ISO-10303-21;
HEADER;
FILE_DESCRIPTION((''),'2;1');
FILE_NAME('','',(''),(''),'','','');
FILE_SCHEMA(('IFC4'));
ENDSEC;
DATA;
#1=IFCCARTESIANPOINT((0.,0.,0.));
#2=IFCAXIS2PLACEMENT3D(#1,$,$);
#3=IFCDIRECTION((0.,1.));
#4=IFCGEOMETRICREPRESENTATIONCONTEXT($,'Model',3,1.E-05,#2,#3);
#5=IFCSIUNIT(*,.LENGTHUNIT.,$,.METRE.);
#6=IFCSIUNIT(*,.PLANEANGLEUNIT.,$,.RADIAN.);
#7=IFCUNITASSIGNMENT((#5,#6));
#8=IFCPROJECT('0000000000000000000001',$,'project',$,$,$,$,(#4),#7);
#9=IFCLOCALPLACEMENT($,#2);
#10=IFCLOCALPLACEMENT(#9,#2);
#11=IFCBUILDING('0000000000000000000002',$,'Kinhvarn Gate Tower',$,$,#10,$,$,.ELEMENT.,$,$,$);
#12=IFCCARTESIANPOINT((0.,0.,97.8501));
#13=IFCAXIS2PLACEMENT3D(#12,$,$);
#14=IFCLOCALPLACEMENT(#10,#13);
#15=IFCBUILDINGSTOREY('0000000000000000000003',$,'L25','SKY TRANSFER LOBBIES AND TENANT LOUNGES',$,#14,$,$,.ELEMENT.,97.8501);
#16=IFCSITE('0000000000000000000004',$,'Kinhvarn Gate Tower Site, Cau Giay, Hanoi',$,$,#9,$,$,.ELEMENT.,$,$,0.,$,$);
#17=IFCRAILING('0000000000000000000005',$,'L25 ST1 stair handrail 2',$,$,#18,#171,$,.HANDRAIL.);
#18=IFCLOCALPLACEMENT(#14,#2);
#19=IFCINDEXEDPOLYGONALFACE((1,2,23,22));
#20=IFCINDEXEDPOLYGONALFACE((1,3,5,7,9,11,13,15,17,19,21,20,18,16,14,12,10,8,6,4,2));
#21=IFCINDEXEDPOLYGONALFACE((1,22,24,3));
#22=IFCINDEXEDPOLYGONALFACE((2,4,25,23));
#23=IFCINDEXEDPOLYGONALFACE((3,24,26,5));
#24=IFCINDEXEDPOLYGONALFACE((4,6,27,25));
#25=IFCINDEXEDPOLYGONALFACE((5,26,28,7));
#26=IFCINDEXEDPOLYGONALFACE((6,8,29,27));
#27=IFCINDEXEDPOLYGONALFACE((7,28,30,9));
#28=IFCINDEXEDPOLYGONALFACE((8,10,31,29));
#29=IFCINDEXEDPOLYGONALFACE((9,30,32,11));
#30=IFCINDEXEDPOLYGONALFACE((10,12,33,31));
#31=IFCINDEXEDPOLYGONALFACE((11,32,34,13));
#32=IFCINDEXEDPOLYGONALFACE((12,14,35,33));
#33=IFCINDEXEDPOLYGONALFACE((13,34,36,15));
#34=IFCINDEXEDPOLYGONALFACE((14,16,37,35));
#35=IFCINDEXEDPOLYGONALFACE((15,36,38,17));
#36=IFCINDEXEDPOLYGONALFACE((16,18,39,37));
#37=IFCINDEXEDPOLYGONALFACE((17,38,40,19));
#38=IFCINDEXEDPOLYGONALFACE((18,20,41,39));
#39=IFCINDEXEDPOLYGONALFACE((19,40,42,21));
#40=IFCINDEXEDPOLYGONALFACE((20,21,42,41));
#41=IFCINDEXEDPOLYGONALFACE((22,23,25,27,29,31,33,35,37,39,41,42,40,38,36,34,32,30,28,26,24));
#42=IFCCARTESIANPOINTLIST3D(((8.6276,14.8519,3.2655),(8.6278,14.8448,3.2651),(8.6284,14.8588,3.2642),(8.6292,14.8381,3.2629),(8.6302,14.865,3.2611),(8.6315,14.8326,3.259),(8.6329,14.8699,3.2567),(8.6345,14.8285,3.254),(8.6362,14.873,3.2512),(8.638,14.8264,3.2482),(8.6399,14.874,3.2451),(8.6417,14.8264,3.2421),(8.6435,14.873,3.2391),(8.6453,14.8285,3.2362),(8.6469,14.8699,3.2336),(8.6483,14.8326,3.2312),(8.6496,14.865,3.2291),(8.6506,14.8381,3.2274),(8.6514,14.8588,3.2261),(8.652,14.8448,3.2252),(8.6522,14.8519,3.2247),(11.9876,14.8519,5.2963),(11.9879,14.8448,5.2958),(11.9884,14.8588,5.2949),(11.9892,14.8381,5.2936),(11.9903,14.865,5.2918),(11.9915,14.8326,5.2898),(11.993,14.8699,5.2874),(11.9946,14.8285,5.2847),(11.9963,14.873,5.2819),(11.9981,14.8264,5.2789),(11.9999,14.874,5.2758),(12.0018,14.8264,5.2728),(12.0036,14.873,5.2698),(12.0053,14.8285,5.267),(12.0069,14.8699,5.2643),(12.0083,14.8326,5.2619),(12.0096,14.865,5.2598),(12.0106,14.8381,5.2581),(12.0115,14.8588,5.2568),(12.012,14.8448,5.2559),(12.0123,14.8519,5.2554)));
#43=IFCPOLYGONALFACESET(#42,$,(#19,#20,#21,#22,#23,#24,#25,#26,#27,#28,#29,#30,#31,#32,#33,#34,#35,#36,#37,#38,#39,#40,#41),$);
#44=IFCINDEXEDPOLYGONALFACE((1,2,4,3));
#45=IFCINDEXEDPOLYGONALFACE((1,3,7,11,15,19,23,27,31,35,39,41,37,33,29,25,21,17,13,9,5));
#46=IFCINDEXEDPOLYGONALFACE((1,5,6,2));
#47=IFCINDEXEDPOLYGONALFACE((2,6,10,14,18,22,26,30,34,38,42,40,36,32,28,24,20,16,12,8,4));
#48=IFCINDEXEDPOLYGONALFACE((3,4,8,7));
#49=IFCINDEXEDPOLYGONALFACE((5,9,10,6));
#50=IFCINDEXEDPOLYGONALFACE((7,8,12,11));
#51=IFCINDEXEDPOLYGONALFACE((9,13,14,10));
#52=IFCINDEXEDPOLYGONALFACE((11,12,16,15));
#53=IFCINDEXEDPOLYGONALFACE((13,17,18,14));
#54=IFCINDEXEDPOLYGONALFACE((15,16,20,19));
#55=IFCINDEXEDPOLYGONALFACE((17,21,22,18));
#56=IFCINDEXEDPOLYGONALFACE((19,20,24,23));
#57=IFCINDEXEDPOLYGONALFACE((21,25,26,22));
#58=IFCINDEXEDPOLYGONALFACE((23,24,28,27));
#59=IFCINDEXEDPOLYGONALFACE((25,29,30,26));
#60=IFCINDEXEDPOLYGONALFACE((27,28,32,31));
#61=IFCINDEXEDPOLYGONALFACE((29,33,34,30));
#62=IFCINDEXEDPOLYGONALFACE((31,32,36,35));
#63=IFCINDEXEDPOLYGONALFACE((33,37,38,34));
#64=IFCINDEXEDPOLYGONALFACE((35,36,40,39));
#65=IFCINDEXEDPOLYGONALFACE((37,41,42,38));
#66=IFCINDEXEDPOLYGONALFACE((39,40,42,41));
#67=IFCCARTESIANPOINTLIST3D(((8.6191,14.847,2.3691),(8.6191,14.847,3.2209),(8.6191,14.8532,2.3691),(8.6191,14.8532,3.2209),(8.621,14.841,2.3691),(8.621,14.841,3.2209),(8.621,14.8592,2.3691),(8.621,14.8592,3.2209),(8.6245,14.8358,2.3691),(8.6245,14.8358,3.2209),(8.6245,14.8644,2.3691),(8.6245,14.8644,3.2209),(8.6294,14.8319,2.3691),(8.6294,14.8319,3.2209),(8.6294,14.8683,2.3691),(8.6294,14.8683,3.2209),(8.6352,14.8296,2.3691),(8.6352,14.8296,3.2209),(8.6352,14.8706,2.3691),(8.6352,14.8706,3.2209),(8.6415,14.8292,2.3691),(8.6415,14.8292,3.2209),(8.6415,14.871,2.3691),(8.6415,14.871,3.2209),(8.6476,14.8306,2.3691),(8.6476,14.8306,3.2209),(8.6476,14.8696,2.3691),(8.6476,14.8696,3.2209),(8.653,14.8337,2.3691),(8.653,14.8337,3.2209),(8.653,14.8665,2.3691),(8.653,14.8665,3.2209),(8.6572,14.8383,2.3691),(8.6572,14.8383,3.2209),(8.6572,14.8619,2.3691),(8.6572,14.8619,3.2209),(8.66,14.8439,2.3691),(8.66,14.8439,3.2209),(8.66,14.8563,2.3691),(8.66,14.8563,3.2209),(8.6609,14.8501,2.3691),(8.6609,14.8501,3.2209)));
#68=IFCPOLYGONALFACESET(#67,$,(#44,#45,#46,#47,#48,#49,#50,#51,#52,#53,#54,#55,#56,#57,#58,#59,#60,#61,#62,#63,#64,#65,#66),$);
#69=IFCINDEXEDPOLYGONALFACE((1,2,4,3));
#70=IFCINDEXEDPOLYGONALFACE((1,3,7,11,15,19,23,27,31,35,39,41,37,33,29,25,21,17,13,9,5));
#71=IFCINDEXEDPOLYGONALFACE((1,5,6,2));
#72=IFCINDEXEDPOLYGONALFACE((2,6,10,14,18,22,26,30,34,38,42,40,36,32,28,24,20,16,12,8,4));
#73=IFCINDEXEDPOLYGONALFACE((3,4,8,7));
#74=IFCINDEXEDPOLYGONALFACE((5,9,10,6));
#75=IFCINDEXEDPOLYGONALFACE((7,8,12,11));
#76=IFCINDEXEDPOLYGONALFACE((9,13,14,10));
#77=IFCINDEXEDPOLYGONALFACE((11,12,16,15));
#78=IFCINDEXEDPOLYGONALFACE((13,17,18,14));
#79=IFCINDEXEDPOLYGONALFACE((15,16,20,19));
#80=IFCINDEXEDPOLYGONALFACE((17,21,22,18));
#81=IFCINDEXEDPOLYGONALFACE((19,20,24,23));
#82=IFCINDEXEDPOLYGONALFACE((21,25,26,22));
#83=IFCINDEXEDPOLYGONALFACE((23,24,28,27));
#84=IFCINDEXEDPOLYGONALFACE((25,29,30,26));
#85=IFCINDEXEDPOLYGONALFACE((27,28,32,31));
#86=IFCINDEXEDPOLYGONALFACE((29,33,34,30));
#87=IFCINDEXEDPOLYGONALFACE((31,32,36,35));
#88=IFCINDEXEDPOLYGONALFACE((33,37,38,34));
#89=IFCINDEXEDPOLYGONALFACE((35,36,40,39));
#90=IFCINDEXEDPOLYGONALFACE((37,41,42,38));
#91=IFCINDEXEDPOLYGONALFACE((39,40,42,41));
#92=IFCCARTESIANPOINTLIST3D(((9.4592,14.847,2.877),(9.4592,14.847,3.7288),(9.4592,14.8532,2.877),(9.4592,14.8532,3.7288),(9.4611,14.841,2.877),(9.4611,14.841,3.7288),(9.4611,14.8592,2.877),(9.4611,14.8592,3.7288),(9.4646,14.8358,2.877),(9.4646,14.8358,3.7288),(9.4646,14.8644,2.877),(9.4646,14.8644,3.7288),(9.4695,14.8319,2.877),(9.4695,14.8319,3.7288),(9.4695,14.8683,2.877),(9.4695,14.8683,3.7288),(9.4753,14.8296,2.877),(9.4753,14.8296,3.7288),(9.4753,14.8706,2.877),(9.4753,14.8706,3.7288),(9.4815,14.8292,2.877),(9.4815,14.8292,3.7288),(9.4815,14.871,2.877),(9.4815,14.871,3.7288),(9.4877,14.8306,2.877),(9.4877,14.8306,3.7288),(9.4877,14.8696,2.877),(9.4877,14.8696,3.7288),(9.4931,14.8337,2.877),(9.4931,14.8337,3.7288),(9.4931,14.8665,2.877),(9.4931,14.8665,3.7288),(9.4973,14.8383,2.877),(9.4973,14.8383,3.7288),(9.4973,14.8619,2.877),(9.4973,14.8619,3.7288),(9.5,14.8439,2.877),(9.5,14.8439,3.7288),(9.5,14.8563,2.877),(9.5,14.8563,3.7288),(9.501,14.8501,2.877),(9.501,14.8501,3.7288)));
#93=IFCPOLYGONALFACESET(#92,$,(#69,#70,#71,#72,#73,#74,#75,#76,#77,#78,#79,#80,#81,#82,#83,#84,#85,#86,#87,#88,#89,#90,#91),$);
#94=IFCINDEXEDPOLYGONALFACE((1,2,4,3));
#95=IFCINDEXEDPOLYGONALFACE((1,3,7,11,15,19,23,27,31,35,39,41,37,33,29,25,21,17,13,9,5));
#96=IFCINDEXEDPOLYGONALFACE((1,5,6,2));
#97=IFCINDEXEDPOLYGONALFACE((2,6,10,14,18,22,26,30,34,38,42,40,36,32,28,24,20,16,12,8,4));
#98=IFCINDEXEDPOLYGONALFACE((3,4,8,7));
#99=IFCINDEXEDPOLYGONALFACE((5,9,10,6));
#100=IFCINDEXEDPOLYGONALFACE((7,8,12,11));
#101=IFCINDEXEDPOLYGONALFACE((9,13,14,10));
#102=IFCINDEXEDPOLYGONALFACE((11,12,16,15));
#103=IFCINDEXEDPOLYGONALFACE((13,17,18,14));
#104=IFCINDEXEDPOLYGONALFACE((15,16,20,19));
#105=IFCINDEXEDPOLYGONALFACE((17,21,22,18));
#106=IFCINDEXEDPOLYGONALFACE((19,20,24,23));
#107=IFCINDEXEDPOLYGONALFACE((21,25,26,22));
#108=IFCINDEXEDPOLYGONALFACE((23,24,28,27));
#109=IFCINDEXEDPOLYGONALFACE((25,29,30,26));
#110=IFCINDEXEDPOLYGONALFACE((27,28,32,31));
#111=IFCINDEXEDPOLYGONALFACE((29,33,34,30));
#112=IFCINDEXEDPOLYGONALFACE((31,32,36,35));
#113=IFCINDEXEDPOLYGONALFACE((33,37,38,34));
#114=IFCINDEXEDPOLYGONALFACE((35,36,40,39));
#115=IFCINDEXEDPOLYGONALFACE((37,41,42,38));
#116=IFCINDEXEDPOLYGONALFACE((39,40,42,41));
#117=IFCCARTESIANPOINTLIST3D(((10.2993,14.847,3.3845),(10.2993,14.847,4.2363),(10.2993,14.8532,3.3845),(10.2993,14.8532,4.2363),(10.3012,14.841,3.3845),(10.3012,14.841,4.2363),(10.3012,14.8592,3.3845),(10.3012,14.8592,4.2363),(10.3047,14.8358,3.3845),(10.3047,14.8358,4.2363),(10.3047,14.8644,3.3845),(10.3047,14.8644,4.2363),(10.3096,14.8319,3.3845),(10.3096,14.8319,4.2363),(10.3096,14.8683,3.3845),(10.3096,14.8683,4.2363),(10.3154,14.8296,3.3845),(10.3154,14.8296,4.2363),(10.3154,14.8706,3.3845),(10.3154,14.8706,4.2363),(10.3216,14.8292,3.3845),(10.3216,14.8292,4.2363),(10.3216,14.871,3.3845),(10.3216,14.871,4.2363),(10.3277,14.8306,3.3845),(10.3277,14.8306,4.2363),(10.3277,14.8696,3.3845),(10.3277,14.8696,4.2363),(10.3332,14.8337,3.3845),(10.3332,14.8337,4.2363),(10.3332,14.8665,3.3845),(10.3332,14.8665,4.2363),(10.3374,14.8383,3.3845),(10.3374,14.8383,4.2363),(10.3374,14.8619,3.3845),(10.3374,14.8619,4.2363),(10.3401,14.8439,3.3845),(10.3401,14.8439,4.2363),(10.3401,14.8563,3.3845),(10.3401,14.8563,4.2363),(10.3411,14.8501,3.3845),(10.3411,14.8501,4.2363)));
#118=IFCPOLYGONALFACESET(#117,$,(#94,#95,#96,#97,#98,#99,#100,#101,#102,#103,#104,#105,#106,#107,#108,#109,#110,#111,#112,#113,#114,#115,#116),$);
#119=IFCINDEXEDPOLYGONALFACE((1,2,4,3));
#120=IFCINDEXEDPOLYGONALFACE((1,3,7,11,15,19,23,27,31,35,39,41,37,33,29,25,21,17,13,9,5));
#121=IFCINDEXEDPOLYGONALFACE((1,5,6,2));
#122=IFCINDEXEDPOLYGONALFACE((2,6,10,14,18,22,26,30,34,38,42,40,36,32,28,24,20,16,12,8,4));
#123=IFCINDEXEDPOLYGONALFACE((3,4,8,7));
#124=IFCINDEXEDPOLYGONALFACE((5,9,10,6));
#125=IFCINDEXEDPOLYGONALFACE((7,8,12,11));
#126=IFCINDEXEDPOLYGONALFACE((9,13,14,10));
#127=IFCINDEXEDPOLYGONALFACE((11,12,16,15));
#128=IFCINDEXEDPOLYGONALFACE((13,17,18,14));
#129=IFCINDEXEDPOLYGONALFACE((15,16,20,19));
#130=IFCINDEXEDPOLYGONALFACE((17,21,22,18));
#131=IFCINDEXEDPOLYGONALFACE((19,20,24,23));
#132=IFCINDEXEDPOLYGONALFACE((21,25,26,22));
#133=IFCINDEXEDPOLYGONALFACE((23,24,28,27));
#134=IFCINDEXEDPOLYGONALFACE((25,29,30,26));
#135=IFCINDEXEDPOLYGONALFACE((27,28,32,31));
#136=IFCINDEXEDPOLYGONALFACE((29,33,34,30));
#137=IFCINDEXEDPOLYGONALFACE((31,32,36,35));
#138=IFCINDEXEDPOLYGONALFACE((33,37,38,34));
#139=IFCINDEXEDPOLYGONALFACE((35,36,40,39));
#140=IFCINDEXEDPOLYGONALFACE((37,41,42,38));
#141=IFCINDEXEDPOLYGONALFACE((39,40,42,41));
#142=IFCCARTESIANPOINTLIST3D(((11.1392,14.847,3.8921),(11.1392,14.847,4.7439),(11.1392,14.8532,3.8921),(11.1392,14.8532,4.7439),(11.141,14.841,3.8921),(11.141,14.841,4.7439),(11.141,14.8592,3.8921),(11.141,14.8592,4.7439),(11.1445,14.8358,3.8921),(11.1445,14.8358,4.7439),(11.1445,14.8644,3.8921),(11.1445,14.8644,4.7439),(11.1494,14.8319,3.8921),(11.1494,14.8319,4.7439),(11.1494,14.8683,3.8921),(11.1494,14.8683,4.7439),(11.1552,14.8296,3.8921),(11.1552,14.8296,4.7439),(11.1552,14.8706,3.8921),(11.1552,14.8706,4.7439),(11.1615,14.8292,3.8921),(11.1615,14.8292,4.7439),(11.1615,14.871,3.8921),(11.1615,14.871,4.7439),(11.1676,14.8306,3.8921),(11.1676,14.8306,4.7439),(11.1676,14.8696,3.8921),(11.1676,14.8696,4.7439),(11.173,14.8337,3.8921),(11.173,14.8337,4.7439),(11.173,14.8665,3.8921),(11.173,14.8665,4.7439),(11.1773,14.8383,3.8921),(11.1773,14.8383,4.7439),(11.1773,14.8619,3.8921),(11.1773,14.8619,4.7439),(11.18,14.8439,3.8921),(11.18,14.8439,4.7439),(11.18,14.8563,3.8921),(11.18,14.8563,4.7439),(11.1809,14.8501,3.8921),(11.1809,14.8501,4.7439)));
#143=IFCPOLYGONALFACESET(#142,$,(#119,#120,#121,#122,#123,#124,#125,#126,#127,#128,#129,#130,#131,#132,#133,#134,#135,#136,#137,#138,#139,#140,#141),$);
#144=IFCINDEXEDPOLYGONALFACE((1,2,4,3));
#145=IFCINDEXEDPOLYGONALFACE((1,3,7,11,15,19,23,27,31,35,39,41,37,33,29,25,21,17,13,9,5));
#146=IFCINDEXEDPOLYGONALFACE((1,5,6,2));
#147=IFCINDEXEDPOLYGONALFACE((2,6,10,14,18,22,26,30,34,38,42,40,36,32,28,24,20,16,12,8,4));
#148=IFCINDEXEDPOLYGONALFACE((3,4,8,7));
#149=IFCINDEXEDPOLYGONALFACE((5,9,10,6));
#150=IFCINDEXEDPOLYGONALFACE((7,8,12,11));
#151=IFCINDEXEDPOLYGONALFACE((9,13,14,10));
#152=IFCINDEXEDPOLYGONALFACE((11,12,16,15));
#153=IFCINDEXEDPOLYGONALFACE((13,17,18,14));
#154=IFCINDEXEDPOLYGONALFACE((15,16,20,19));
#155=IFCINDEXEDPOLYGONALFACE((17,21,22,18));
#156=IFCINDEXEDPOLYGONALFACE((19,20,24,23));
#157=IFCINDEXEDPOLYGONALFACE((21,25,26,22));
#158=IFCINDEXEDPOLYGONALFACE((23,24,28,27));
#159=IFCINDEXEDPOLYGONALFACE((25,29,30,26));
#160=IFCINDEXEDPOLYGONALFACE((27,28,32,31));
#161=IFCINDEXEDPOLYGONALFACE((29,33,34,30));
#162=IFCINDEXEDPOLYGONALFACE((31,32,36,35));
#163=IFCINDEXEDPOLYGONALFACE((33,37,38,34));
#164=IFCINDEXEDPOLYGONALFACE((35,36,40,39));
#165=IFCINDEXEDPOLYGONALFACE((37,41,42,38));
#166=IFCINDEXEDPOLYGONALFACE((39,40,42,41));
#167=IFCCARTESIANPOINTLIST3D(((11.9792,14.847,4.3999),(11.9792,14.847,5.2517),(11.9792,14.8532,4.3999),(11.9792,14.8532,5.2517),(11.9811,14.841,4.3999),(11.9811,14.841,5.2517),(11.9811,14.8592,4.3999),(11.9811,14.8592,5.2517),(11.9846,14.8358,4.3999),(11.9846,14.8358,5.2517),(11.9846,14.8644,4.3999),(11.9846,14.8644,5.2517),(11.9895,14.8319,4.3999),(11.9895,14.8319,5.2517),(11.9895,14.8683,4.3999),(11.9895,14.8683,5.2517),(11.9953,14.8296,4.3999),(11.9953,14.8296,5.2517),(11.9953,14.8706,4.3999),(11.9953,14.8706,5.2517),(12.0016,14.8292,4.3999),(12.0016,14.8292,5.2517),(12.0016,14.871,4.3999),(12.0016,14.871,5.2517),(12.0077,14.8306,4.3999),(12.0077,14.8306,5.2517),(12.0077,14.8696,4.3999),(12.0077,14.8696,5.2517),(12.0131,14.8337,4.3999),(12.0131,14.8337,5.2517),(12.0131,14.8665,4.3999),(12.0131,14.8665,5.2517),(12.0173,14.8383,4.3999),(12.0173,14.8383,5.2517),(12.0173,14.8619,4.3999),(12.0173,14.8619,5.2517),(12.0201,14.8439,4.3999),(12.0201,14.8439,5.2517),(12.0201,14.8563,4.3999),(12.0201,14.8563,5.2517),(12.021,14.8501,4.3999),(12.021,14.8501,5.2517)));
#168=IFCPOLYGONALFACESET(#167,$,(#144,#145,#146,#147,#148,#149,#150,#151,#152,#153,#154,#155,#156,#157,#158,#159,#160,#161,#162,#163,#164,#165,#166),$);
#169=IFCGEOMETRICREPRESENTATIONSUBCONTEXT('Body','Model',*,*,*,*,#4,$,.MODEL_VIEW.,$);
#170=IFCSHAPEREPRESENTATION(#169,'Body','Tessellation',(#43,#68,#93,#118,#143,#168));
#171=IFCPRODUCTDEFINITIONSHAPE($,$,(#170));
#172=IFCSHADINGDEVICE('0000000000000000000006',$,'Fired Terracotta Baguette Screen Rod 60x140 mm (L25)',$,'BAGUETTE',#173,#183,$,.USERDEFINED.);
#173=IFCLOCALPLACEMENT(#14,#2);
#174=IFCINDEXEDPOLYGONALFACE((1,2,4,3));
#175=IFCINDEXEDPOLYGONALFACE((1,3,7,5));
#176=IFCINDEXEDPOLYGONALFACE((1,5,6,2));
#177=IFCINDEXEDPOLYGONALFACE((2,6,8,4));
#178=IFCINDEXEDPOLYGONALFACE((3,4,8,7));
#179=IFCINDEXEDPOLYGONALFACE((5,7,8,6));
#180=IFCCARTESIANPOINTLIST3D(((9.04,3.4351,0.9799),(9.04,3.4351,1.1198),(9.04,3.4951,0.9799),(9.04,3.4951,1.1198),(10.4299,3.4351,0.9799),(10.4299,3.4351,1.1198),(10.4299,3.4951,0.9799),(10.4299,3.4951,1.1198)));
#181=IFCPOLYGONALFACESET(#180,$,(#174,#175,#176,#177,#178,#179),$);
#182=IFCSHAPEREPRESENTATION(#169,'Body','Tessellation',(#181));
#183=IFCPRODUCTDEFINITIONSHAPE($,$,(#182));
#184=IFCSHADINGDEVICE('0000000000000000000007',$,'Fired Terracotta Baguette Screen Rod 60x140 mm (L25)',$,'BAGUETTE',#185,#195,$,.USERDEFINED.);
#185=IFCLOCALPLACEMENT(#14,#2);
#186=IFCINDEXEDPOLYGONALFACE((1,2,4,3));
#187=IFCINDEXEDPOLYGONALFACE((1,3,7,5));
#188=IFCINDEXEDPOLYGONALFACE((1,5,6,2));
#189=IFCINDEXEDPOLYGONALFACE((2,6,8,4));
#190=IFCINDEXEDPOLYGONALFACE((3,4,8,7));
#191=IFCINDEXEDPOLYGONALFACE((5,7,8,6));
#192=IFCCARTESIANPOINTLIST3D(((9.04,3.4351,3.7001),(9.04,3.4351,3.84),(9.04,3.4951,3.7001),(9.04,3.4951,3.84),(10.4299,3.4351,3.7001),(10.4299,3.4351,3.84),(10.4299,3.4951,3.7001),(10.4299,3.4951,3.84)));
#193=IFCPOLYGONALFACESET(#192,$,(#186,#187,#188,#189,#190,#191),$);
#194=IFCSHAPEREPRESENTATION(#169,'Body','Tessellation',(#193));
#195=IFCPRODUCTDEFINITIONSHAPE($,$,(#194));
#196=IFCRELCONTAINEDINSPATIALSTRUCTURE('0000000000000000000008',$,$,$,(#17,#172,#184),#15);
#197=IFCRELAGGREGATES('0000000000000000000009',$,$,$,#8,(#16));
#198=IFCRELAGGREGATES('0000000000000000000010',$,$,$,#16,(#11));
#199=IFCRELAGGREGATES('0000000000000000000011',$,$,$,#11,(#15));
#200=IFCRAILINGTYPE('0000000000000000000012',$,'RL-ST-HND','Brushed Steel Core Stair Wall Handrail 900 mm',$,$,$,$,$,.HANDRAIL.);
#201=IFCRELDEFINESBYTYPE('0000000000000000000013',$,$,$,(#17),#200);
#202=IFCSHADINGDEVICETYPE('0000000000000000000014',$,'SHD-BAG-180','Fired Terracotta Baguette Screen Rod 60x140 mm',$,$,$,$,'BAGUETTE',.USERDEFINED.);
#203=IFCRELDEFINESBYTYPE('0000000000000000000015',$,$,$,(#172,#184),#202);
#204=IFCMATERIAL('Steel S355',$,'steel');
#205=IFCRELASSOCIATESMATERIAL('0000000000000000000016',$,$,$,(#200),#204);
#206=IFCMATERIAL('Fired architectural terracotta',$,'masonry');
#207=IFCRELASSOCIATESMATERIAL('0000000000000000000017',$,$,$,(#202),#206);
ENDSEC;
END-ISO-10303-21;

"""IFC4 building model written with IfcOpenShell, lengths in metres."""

from ifc_helpers import new_model, si_unit, direction, frame, origin, origin_2d, place, context, subcontext, project, spatial, rectangle, circle, extrude, material, material_profile, profile_set, type_object, element, save


model = new_model("IFC4")

# Units and contexts
model_context = context("Model", 3, precision=1e-05, world=origin(), true_north=direction((0.0, 1.0)))
body_context = subcontext(model_context, "Body", "Model", "MODEL_VIEW")
ifc_project = project(units=[si_unit("LENGTHUNIT", "METRE"), si_unit("PLANEANGLEUNIT", "RADIAN")], contexts=[model_context])

# Site, building, storey
site_placement = place(None, origin())
site = spatial("IfcSite", under=ifc_project, at=site_placement, Name="Kinhvarn Gate Tower Site, Cau Giay, Hanoi", CompositionType="ELEMENT", RefElevation=0.0)
building_placement = place(site_placement, origin())
building = spatial("IfcBuilding", under=site, at=building_placement, Name="Kinhvarn Gate Tower", CompositionType="ELEMENT")
storey_placement = place(building_placement, frame((0.0, 0.0, 97.8501)))
storey = spatial("IfcBuildingStorey", under=building, at=storey_placement, Name="L25", Description="SKY TRANSFER LOBBIES AND TENANT LOUNGES", CompositionType="ELEMENT", Elevation=97.8501)

# Shared definitions
ifc_material_1 = material(Name="Steel S355", Category="steel")

# Shared definitions
ifc_material_2 = material(Name="Fired architectural terracotta", Category="masonry")

# Railing
railing_type_1 = type_object("IfcRailingType", Name="RL-ST-HND", Description="Brushed Steel Core Stair Wall Handrail 900 mm", PredefinedType="HANDRAIL", material=ifc_material_1)
railing_1_placement = place(storey_placement, frame((8.6399, 14.8501, 2.3691)))
element("IfcRailing", 1, at=railing_1_placement, inside=storey, type_object=railing_type_1, Name="L25 ST1 stair handrail 2", PredefinedType="HANDRAIL", context=body_context, shape_type="SweptSolid", body=[
    extrude(circle(Radius=0.0239, at=origin_2d()), frame((0.0, 0.0, 0.876), z_axis=(0.855837, 0.0, 0.517246), x_axis=(0.0, 1.0, 0.0)), (0.0, 0.0, 1.0), 3.926),
    extrude(circle(Radius=0.021, at=origin_2d()), origin(), (0.0, 0.0, 1.0), 0.8518),
    extrude(circle(Radius=0.021, at=origin_2d()), frame((0.8401, 0.0, 0.5078)), (0.0, 0.0, 1.0), 0.8518),
    extrude(circle(Radius=0.021, at=origin_2d()), frame((1.6802, 0.0, 1.0154)), (0.0, 0.0, 1.0), 0.8518),
    extrude(circle(Radius=0.021, at=origin_2d()), frame((2.52, 0.0, 1.5229)), (0.0, 0.0, 1.0), 0.8518),
    extrude(circle(Radius=0.021, at=origin_2d()), frame((3.3601, 0.0, 2.0308)), (0.0, 0.0, 1.0), 0.8518),
])

# Shading devices
ifc_material_profile_1 = material_profile(ifc_material_2, rectangle(XDim=0.0601, YDim=0.1399, at=origin_2d()), Name="TC 60x140")
ifc_profile_set_1 = profile_set([ifc_material_profile_1], Name="Fired architectural terracotta")
shading_device_type = type_object("IfcShadingDeviceType", Name="SHD-BAG-180", Description="Fired Terracotta Baguette Screen Rod 60x140 mm", ElementType="BAGUETTE", PredefinedType="USERDEFINED", material=ifc_profile_set_1)
for number, where, z_axis, x_axis, name in (
    (2, (9.04, 3.4651, 1.0498), (1.0, 0.0, 0.0), (0.0, 1.0, 0.0), "Fired Terracotta Baguette Screen Rod 60x140 mm (L25)"),
    (3, (9.04, 3.4651, 3.77), (1.0, 0.0, 0.0), (0.0, 1.0, 0.0), "Fired Terracotta Baguette Screen Rod 60x140 mm (L25)"),
):
    element("IfcShadingDevice", number, at=place(storey_placement, frame(where, z_axis=z_axis, x_axis=x_axis)), inside=storey, type_object=shading_device_type, Name=name, ObjectType="BAGUETTE", PredefinedType="USERDEFINED", context=body_context, shape_type="SweptSolid", body=[
        extrude(rectangle(XDim=0.0601, YDim=0.1399, at=origin_2d()), origin(), (0.0, 0.0, 1.0), 1.3899),
    ])

save(model, "model.ifc")
